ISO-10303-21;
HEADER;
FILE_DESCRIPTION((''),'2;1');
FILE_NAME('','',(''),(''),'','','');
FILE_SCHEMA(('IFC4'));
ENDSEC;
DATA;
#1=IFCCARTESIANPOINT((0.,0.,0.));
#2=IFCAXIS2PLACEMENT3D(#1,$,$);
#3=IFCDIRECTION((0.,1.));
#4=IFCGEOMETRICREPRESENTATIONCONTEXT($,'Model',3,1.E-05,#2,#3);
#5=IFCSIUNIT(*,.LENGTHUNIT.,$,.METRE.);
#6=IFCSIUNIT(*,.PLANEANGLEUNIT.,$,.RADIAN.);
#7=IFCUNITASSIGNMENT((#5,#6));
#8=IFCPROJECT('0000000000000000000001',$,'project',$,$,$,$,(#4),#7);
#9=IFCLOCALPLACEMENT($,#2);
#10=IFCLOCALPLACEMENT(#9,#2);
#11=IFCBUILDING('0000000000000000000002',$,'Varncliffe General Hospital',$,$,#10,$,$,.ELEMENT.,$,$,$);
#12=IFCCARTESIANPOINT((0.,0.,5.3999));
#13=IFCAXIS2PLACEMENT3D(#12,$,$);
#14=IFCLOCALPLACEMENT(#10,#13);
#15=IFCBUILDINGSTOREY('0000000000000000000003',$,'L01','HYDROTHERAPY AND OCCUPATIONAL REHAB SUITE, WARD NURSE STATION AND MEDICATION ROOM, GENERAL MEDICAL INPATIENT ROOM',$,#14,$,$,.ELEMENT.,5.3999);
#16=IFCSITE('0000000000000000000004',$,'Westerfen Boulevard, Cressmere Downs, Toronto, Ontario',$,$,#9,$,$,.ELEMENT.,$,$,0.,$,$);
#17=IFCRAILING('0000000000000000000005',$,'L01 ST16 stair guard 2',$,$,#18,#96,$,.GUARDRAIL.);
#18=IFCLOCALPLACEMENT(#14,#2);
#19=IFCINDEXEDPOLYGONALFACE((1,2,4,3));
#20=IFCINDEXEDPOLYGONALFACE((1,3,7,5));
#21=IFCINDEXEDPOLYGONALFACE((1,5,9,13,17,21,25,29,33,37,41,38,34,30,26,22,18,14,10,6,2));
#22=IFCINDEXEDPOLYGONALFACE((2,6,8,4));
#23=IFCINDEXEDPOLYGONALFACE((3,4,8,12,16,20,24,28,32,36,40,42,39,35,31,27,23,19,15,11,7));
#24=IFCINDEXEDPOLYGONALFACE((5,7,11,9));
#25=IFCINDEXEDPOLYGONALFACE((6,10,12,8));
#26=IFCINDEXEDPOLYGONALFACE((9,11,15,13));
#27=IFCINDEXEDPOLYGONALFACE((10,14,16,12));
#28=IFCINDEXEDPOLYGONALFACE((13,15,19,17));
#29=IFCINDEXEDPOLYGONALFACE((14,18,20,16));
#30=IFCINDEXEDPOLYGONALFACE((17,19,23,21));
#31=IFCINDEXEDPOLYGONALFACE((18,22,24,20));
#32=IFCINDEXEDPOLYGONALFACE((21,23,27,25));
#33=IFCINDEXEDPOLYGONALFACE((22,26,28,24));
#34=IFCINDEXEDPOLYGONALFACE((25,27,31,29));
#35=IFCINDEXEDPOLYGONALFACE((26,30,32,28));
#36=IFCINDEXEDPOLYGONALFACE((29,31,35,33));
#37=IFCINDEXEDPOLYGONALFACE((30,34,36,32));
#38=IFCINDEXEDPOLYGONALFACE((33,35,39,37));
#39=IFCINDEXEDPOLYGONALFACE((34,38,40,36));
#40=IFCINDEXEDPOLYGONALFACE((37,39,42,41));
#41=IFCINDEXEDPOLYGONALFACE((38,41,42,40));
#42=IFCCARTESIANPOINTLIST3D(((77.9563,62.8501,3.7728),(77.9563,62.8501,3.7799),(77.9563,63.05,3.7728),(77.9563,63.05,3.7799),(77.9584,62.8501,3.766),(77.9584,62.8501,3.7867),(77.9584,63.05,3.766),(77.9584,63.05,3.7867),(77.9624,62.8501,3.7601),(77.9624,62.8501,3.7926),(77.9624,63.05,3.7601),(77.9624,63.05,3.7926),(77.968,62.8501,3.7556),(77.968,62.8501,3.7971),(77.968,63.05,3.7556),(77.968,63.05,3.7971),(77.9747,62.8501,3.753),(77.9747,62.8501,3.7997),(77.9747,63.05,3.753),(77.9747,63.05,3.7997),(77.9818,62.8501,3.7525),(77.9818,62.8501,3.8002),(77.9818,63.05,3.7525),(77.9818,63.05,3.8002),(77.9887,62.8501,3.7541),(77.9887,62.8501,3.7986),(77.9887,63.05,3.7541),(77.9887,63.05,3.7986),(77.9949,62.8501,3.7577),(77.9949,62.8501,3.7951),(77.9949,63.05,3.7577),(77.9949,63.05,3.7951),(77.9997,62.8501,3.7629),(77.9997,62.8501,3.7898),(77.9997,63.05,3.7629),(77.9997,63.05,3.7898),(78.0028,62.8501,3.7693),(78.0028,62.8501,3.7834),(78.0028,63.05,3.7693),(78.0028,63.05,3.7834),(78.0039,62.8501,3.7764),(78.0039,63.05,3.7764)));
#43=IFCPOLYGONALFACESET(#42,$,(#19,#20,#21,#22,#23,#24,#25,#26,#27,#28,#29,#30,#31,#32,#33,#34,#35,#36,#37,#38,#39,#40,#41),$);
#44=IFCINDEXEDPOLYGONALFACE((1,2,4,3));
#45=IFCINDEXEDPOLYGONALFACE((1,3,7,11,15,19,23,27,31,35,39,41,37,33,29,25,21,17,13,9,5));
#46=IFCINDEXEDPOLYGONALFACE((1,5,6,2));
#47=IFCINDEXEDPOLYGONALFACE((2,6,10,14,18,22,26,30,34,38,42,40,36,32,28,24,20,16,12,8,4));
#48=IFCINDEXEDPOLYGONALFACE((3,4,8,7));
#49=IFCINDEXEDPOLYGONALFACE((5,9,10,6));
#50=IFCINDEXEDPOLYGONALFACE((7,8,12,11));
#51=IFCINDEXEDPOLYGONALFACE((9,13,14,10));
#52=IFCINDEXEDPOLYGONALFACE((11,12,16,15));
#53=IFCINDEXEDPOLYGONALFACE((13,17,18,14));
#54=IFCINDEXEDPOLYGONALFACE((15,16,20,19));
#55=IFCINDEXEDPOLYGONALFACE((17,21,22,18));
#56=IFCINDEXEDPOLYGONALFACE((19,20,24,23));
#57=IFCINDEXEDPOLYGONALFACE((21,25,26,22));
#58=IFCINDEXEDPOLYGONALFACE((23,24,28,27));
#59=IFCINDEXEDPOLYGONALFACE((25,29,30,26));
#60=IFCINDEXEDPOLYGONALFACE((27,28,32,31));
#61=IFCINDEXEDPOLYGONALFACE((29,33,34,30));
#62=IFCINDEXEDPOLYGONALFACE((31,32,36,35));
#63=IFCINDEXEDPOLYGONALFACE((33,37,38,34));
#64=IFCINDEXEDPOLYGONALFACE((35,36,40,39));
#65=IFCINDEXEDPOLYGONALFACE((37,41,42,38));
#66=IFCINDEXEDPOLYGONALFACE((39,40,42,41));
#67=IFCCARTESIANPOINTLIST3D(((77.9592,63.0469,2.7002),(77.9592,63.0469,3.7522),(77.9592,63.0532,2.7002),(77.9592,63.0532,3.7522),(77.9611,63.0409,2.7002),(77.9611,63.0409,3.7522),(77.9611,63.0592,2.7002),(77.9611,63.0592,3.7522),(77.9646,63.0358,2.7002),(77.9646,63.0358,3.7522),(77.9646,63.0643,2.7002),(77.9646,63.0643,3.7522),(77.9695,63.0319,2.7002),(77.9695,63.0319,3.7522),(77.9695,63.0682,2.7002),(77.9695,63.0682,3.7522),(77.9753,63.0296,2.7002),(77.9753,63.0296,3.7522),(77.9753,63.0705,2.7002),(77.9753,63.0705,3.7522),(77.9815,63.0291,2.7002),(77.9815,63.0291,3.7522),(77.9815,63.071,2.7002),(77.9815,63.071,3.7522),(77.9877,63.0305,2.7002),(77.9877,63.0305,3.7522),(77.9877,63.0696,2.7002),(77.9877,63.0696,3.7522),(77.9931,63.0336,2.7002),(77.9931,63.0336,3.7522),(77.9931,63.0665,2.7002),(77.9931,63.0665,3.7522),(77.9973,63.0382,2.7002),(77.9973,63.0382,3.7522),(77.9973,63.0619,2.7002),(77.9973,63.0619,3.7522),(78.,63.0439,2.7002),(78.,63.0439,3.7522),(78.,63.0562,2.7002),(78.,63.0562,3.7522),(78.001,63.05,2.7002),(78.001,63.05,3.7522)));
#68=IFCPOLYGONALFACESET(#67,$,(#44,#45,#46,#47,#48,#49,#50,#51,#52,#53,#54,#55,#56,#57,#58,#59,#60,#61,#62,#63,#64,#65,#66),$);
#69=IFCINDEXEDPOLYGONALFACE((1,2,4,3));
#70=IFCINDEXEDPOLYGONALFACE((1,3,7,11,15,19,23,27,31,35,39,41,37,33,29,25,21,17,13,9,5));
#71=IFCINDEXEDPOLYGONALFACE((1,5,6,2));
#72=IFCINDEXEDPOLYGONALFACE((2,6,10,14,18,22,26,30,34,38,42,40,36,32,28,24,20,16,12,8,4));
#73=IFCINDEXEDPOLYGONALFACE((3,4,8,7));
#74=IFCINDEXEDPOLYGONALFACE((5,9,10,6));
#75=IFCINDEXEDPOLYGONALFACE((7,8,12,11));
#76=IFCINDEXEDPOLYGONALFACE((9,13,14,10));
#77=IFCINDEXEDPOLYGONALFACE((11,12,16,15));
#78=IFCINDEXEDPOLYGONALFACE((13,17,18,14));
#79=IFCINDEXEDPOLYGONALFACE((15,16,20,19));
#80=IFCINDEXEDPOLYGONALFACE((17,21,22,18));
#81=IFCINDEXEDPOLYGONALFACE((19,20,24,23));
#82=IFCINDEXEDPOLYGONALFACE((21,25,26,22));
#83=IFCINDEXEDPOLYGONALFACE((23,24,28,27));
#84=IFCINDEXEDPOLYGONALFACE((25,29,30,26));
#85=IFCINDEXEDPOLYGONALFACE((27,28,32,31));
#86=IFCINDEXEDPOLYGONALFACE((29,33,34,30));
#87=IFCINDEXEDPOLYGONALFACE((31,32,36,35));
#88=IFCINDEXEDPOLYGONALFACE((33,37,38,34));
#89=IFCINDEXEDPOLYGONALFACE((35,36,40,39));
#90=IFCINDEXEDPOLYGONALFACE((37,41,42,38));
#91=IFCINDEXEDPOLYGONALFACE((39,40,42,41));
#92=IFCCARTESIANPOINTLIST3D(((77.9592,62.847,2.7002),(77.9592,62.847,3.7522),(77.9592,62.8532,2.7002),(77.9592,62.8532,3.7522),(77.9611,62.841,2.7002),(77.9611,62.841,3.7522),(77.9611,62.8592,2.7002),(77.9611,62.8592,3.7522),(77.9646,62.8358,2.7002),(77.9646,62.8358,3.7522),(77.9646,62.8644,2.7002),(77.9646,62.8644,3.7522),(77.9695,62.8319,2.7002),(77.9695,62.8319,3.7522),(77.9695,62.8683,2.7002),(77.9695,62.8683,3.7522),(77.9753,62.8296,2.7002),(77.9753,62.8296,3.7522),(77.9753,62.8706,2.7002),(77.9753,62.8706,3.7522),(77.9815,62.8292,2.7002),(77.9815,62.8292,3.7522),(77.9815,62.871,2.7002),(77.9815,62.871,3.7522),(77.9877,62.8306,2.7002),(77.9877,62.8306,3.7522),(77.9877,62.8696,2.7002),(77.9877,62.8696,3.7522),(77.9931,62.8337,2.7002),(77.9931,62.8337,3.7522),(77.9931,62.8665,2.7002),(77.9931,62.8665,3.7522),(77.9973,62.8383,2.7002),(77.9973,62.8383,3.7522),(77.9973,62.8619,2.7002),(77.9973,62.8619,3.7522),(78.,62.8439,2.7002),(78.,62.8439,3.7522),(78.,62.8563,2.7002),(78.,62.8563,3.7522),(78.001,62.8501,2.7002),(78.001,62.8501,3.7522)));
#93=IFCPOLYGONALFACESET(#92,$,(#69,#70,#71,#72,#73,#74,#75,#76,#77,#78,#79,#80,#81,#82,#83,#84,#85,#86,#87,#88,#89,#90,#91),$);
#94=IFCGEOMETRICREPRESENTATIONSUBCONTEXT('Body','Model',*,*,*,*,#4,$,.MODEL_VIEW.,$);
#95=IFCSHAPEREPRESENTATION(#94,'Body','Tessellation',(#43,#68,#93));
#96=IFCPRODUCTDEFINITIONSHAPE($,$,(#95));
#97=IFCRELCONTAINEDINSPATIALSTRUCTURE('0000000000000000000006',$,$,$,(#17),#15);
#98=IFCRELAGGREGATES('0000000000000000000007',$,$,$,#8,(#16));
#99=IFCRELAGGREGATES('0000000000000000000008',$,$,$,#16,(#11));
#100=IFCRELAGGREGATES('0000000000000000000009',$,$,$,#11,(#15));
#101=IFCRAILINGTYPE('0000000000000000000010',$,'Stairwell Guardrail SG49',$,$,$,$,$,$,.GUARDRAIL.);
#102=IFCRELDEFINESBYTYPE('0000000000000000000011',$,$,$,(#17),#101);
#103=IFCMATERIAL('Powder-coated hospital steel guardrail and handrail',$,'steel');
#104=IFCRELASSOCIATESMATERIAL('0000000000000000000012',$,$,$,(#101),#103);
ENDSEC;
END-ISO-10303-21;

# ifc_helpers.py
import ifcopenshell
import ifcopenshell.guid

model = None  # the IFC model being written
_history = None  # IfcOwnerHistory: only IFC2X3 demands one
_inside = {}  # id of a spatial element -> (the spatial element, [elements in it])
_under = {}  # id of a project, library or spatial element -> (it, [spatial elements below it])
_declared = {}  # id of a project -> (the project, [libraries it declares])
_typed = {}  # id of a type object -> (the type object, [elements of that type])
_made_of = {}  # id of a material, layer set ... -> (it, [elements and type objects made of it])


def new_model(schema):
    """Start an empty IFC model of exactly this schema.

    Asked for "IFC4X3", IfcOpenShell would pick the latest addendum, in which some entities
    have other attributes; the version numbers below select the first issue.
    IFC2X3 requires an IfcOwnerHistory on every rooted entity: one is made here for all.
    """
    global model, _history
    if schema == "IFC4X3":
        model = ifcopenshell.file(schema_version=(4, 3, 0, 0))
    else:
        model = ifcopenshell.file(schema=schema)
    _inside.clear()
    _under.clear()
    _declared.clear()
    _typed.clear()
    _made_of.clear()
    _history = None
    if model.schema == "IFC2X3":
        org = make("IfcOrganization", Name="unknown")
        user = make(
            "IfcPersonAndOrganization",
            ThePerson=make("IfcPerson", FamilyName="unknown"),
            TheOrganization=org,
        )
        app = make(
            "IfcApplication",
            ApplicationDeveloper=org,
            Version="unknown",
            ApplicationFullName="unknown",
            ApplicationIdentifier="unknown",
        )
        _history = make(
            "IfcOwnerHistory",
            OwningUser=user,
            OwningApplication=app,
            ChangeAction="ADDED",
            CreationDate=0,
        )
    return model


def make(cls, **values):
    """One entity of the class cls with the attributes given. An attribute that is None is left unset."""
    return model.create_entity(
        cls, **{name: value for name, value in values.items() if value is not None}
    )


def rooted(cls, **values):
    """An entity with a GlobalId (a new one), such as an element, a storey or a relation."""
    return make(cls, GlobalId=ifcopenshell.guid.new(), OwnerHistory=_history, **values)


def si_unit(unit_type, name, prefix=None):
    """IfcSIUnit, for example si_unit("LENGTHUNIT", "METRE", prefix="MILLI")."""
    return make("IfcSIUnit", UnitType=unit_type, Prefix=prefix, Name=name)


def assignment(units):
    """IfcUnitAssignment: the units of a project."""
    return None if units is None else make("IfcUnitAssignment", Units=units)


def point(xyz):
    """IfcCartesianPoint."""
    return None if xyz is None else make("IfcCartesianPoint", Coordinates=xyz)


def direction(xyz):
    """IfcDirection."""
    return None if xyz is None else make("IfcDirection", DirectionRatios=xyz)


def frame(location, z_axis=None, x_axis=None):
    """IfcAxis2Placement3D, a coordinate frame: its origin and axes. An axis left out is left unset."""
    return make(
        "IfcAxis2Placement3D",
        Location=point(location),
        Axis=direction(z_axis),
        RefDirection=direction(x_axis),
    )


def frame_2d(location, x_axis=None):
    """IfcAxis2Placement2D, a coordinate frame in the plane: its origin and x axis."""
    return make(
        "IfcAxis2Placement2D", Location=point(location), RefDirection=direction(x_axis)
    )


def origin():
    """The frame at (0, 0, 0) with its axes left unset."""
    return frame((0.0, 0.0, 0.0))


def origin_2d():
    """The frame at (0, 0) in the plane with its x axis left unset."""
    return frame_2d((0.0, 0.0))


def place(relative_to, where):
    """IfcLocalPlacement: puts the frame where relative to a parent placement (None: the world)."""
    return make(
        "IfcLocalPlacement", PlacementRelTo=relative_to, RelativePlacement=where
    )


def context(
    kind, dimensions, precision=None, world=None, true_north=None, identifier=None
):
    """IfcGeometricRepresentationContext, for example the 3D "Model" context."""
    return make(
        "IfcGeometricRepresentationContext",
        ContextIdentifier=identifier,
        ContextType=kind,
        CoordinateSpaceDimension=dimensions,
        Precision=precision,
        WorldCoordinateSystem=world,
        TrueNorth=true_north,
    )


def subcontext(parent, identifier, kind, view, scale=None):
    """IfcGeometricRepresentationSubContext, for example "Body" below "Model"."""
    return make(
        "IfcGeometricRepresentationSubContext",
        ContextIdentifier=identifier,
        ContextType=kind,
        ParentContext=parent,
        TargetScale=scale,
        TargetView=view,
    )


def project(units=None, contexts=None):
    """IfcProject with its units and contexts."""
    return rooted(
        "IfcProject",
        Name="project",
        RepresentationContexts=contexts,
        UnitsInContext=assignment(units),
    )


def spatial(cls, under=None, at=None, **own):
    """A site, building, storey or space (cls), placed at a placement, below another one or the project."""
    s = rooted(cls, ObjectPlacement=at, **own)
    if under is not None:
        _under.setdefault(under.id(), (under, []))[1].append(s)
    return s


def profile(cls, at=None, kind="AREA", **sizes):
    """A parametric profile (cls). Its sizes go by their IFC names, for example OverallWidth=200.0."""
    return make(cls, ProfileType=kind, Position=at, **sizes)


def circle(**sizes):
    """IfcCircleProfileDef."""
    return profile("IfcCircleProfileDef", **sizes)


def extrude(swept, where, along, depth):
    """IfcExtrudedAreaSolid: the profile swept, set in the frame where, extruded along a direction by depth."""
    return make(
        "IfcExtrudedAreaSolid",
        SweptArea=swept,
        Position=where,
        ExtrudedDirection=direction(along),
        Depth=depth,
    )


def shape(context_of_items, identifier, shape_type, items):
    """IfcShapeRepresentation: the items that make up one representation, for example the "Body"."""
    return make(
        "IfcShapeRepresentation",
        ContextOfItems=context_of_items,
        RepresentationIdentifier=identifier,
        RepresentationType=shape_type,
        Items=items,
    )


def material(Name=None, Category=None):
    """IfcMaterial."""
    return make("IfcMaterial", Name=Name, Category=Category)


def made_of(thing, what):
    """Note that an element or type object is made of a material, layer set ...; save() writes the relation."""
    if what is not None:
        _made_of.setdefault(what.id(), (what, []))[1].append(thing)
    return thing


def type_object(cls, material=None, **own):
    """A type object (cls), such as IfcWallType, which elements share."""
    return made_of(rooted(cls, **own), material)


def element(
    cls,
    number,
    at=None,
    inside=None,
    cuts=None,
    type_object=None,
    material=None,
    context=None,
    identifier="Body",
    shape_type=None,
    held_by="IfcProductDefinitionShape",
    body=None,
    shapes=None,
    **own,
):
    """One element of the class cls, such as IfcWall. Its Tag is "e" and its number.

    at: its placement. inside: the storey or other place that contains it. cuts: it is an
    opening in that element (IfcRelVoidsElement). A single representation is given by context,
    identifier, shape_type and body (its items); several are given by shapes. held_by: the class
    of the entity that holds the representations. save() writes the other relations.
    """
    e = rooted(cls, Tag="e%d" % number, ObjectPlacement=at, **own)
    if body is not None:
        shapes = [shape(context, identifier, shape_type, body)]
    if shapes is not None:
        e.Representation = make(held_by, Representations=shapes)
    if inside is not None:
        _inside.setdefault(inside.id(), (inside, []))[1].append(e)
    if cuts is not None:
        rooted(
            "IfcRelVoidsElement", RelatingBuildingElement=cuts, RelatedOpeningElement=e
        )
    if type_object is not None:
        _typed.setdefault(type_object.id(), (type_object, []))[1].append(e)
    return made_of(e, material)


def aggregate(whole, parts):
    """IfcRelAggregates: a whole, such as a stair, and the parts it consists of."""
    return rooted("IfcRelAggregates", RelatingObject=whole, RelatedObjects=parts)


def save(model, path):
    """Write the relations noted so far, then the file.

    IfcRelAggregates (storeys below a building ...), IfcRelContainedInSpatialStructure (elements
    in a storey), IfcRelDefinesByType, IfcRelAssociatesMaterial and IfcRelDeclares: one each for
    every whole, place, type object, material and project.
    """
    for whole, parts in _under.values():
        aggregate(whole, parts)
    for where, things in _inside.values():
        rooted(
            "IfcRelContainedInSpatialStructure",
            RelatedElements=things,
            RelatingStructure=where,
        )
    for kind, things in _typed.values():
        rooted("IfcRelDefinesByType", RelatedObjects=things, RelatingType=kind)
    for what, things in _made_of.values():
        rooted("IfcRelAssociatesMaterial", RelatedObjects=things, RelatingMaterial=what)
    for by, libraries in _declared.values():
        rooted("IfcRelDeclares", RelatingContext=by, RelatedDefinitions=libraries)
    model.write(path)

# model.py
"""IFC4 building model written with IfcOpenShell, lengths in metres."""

from ifc_helpers import new_model, si_unit, direction, frame, origin, origin_2d, place, context, subcontext, project, spatial, circle, extrude, material, type_object, element, save


model = new_model("IFC4")

# Units and contexts
model_context = context("Model", 3, precision=1e-05, world=origin(), true_north=direction((0.0, 1.0)))
body_context = subcontext(model_context, "Body", "Model", "MODEL_VIEW")
ifc_project = project(units=[si_unit("LENGTHUNIT", "METRE"), si_unit("PLANEANGLEUNIT", "RADIAN")], contexts=[model_context])

# Site, building, storey
site_placement = place(None, origin())
site = spatial("IfcSite", under=ifc_project, at=site_placement, Name="Westerfen Boulevard, Cressmere Downs, Toronto, Ontario", CompositionType="ELEMENT", RefElevation=0.0)
building_placement = place(site_placement, origin())
building = spatial("IfcBuilding", under=site, at=building_placement, Name="Varncliffe General Hospital", CompositionType="ELEMENT")
storey_placement = place(building_placement, frame((0.0, 0.0, 5.3999)))
storey = spatial("IfcBuildingStorey", under=building, at=storey_placement, Name="L01", Description="HYDROTHERAPY AND OCCUPATIONAL REHAB SUITE, WARD NURSE STATION AND MEDICATION ROOM, GENERAL MEDICAL INPATIENT ROOM", CompositionType="ELEMENT", Elevation=5.3999)

# Railing
ifc_material_1 = material(Name="Powder-coated hospital steel guardrail and handrail", Category="steel")
railing_type_1 = type_object("IfcRailingType", Name="Stairwell Guardrail SG49", PredefinedType="GUARDRAIL", material=ifc_material_1)
railing_1_placement = place(storey_placement, frame((77.98, 63.05, 2.7002)))
element("IfcRailing", 1, at=railing_1_placement, inside=storey, type_object=railing_type_1, Name="L01 ST16 stair guard 2", PredefinedType="GUARDRAIL", context=body_context, shape_type="SweptSolid", body=[
    extrude(circle(Radius=0.0239, at=origin_2d()), frame((0.0, 0.0, 1.0762), z_axis=(0.0, -1.0, 0.0), x_axis=(1.0, 0.0, 0.0)), (0.0, 0.0, 1.0), 0.2),
    extrude(circle(Radius=0.021, at=origin_2d()), origin(), (0.0, 0.0, 1.0), 1.052),
    extrude(circle(Radius=0.021, at=origin_2d()), frame((0.0, -0.2, 0.0)), (0.0, 0.0, 1.0), 1.052),
])

save(model, "model.ifc")
